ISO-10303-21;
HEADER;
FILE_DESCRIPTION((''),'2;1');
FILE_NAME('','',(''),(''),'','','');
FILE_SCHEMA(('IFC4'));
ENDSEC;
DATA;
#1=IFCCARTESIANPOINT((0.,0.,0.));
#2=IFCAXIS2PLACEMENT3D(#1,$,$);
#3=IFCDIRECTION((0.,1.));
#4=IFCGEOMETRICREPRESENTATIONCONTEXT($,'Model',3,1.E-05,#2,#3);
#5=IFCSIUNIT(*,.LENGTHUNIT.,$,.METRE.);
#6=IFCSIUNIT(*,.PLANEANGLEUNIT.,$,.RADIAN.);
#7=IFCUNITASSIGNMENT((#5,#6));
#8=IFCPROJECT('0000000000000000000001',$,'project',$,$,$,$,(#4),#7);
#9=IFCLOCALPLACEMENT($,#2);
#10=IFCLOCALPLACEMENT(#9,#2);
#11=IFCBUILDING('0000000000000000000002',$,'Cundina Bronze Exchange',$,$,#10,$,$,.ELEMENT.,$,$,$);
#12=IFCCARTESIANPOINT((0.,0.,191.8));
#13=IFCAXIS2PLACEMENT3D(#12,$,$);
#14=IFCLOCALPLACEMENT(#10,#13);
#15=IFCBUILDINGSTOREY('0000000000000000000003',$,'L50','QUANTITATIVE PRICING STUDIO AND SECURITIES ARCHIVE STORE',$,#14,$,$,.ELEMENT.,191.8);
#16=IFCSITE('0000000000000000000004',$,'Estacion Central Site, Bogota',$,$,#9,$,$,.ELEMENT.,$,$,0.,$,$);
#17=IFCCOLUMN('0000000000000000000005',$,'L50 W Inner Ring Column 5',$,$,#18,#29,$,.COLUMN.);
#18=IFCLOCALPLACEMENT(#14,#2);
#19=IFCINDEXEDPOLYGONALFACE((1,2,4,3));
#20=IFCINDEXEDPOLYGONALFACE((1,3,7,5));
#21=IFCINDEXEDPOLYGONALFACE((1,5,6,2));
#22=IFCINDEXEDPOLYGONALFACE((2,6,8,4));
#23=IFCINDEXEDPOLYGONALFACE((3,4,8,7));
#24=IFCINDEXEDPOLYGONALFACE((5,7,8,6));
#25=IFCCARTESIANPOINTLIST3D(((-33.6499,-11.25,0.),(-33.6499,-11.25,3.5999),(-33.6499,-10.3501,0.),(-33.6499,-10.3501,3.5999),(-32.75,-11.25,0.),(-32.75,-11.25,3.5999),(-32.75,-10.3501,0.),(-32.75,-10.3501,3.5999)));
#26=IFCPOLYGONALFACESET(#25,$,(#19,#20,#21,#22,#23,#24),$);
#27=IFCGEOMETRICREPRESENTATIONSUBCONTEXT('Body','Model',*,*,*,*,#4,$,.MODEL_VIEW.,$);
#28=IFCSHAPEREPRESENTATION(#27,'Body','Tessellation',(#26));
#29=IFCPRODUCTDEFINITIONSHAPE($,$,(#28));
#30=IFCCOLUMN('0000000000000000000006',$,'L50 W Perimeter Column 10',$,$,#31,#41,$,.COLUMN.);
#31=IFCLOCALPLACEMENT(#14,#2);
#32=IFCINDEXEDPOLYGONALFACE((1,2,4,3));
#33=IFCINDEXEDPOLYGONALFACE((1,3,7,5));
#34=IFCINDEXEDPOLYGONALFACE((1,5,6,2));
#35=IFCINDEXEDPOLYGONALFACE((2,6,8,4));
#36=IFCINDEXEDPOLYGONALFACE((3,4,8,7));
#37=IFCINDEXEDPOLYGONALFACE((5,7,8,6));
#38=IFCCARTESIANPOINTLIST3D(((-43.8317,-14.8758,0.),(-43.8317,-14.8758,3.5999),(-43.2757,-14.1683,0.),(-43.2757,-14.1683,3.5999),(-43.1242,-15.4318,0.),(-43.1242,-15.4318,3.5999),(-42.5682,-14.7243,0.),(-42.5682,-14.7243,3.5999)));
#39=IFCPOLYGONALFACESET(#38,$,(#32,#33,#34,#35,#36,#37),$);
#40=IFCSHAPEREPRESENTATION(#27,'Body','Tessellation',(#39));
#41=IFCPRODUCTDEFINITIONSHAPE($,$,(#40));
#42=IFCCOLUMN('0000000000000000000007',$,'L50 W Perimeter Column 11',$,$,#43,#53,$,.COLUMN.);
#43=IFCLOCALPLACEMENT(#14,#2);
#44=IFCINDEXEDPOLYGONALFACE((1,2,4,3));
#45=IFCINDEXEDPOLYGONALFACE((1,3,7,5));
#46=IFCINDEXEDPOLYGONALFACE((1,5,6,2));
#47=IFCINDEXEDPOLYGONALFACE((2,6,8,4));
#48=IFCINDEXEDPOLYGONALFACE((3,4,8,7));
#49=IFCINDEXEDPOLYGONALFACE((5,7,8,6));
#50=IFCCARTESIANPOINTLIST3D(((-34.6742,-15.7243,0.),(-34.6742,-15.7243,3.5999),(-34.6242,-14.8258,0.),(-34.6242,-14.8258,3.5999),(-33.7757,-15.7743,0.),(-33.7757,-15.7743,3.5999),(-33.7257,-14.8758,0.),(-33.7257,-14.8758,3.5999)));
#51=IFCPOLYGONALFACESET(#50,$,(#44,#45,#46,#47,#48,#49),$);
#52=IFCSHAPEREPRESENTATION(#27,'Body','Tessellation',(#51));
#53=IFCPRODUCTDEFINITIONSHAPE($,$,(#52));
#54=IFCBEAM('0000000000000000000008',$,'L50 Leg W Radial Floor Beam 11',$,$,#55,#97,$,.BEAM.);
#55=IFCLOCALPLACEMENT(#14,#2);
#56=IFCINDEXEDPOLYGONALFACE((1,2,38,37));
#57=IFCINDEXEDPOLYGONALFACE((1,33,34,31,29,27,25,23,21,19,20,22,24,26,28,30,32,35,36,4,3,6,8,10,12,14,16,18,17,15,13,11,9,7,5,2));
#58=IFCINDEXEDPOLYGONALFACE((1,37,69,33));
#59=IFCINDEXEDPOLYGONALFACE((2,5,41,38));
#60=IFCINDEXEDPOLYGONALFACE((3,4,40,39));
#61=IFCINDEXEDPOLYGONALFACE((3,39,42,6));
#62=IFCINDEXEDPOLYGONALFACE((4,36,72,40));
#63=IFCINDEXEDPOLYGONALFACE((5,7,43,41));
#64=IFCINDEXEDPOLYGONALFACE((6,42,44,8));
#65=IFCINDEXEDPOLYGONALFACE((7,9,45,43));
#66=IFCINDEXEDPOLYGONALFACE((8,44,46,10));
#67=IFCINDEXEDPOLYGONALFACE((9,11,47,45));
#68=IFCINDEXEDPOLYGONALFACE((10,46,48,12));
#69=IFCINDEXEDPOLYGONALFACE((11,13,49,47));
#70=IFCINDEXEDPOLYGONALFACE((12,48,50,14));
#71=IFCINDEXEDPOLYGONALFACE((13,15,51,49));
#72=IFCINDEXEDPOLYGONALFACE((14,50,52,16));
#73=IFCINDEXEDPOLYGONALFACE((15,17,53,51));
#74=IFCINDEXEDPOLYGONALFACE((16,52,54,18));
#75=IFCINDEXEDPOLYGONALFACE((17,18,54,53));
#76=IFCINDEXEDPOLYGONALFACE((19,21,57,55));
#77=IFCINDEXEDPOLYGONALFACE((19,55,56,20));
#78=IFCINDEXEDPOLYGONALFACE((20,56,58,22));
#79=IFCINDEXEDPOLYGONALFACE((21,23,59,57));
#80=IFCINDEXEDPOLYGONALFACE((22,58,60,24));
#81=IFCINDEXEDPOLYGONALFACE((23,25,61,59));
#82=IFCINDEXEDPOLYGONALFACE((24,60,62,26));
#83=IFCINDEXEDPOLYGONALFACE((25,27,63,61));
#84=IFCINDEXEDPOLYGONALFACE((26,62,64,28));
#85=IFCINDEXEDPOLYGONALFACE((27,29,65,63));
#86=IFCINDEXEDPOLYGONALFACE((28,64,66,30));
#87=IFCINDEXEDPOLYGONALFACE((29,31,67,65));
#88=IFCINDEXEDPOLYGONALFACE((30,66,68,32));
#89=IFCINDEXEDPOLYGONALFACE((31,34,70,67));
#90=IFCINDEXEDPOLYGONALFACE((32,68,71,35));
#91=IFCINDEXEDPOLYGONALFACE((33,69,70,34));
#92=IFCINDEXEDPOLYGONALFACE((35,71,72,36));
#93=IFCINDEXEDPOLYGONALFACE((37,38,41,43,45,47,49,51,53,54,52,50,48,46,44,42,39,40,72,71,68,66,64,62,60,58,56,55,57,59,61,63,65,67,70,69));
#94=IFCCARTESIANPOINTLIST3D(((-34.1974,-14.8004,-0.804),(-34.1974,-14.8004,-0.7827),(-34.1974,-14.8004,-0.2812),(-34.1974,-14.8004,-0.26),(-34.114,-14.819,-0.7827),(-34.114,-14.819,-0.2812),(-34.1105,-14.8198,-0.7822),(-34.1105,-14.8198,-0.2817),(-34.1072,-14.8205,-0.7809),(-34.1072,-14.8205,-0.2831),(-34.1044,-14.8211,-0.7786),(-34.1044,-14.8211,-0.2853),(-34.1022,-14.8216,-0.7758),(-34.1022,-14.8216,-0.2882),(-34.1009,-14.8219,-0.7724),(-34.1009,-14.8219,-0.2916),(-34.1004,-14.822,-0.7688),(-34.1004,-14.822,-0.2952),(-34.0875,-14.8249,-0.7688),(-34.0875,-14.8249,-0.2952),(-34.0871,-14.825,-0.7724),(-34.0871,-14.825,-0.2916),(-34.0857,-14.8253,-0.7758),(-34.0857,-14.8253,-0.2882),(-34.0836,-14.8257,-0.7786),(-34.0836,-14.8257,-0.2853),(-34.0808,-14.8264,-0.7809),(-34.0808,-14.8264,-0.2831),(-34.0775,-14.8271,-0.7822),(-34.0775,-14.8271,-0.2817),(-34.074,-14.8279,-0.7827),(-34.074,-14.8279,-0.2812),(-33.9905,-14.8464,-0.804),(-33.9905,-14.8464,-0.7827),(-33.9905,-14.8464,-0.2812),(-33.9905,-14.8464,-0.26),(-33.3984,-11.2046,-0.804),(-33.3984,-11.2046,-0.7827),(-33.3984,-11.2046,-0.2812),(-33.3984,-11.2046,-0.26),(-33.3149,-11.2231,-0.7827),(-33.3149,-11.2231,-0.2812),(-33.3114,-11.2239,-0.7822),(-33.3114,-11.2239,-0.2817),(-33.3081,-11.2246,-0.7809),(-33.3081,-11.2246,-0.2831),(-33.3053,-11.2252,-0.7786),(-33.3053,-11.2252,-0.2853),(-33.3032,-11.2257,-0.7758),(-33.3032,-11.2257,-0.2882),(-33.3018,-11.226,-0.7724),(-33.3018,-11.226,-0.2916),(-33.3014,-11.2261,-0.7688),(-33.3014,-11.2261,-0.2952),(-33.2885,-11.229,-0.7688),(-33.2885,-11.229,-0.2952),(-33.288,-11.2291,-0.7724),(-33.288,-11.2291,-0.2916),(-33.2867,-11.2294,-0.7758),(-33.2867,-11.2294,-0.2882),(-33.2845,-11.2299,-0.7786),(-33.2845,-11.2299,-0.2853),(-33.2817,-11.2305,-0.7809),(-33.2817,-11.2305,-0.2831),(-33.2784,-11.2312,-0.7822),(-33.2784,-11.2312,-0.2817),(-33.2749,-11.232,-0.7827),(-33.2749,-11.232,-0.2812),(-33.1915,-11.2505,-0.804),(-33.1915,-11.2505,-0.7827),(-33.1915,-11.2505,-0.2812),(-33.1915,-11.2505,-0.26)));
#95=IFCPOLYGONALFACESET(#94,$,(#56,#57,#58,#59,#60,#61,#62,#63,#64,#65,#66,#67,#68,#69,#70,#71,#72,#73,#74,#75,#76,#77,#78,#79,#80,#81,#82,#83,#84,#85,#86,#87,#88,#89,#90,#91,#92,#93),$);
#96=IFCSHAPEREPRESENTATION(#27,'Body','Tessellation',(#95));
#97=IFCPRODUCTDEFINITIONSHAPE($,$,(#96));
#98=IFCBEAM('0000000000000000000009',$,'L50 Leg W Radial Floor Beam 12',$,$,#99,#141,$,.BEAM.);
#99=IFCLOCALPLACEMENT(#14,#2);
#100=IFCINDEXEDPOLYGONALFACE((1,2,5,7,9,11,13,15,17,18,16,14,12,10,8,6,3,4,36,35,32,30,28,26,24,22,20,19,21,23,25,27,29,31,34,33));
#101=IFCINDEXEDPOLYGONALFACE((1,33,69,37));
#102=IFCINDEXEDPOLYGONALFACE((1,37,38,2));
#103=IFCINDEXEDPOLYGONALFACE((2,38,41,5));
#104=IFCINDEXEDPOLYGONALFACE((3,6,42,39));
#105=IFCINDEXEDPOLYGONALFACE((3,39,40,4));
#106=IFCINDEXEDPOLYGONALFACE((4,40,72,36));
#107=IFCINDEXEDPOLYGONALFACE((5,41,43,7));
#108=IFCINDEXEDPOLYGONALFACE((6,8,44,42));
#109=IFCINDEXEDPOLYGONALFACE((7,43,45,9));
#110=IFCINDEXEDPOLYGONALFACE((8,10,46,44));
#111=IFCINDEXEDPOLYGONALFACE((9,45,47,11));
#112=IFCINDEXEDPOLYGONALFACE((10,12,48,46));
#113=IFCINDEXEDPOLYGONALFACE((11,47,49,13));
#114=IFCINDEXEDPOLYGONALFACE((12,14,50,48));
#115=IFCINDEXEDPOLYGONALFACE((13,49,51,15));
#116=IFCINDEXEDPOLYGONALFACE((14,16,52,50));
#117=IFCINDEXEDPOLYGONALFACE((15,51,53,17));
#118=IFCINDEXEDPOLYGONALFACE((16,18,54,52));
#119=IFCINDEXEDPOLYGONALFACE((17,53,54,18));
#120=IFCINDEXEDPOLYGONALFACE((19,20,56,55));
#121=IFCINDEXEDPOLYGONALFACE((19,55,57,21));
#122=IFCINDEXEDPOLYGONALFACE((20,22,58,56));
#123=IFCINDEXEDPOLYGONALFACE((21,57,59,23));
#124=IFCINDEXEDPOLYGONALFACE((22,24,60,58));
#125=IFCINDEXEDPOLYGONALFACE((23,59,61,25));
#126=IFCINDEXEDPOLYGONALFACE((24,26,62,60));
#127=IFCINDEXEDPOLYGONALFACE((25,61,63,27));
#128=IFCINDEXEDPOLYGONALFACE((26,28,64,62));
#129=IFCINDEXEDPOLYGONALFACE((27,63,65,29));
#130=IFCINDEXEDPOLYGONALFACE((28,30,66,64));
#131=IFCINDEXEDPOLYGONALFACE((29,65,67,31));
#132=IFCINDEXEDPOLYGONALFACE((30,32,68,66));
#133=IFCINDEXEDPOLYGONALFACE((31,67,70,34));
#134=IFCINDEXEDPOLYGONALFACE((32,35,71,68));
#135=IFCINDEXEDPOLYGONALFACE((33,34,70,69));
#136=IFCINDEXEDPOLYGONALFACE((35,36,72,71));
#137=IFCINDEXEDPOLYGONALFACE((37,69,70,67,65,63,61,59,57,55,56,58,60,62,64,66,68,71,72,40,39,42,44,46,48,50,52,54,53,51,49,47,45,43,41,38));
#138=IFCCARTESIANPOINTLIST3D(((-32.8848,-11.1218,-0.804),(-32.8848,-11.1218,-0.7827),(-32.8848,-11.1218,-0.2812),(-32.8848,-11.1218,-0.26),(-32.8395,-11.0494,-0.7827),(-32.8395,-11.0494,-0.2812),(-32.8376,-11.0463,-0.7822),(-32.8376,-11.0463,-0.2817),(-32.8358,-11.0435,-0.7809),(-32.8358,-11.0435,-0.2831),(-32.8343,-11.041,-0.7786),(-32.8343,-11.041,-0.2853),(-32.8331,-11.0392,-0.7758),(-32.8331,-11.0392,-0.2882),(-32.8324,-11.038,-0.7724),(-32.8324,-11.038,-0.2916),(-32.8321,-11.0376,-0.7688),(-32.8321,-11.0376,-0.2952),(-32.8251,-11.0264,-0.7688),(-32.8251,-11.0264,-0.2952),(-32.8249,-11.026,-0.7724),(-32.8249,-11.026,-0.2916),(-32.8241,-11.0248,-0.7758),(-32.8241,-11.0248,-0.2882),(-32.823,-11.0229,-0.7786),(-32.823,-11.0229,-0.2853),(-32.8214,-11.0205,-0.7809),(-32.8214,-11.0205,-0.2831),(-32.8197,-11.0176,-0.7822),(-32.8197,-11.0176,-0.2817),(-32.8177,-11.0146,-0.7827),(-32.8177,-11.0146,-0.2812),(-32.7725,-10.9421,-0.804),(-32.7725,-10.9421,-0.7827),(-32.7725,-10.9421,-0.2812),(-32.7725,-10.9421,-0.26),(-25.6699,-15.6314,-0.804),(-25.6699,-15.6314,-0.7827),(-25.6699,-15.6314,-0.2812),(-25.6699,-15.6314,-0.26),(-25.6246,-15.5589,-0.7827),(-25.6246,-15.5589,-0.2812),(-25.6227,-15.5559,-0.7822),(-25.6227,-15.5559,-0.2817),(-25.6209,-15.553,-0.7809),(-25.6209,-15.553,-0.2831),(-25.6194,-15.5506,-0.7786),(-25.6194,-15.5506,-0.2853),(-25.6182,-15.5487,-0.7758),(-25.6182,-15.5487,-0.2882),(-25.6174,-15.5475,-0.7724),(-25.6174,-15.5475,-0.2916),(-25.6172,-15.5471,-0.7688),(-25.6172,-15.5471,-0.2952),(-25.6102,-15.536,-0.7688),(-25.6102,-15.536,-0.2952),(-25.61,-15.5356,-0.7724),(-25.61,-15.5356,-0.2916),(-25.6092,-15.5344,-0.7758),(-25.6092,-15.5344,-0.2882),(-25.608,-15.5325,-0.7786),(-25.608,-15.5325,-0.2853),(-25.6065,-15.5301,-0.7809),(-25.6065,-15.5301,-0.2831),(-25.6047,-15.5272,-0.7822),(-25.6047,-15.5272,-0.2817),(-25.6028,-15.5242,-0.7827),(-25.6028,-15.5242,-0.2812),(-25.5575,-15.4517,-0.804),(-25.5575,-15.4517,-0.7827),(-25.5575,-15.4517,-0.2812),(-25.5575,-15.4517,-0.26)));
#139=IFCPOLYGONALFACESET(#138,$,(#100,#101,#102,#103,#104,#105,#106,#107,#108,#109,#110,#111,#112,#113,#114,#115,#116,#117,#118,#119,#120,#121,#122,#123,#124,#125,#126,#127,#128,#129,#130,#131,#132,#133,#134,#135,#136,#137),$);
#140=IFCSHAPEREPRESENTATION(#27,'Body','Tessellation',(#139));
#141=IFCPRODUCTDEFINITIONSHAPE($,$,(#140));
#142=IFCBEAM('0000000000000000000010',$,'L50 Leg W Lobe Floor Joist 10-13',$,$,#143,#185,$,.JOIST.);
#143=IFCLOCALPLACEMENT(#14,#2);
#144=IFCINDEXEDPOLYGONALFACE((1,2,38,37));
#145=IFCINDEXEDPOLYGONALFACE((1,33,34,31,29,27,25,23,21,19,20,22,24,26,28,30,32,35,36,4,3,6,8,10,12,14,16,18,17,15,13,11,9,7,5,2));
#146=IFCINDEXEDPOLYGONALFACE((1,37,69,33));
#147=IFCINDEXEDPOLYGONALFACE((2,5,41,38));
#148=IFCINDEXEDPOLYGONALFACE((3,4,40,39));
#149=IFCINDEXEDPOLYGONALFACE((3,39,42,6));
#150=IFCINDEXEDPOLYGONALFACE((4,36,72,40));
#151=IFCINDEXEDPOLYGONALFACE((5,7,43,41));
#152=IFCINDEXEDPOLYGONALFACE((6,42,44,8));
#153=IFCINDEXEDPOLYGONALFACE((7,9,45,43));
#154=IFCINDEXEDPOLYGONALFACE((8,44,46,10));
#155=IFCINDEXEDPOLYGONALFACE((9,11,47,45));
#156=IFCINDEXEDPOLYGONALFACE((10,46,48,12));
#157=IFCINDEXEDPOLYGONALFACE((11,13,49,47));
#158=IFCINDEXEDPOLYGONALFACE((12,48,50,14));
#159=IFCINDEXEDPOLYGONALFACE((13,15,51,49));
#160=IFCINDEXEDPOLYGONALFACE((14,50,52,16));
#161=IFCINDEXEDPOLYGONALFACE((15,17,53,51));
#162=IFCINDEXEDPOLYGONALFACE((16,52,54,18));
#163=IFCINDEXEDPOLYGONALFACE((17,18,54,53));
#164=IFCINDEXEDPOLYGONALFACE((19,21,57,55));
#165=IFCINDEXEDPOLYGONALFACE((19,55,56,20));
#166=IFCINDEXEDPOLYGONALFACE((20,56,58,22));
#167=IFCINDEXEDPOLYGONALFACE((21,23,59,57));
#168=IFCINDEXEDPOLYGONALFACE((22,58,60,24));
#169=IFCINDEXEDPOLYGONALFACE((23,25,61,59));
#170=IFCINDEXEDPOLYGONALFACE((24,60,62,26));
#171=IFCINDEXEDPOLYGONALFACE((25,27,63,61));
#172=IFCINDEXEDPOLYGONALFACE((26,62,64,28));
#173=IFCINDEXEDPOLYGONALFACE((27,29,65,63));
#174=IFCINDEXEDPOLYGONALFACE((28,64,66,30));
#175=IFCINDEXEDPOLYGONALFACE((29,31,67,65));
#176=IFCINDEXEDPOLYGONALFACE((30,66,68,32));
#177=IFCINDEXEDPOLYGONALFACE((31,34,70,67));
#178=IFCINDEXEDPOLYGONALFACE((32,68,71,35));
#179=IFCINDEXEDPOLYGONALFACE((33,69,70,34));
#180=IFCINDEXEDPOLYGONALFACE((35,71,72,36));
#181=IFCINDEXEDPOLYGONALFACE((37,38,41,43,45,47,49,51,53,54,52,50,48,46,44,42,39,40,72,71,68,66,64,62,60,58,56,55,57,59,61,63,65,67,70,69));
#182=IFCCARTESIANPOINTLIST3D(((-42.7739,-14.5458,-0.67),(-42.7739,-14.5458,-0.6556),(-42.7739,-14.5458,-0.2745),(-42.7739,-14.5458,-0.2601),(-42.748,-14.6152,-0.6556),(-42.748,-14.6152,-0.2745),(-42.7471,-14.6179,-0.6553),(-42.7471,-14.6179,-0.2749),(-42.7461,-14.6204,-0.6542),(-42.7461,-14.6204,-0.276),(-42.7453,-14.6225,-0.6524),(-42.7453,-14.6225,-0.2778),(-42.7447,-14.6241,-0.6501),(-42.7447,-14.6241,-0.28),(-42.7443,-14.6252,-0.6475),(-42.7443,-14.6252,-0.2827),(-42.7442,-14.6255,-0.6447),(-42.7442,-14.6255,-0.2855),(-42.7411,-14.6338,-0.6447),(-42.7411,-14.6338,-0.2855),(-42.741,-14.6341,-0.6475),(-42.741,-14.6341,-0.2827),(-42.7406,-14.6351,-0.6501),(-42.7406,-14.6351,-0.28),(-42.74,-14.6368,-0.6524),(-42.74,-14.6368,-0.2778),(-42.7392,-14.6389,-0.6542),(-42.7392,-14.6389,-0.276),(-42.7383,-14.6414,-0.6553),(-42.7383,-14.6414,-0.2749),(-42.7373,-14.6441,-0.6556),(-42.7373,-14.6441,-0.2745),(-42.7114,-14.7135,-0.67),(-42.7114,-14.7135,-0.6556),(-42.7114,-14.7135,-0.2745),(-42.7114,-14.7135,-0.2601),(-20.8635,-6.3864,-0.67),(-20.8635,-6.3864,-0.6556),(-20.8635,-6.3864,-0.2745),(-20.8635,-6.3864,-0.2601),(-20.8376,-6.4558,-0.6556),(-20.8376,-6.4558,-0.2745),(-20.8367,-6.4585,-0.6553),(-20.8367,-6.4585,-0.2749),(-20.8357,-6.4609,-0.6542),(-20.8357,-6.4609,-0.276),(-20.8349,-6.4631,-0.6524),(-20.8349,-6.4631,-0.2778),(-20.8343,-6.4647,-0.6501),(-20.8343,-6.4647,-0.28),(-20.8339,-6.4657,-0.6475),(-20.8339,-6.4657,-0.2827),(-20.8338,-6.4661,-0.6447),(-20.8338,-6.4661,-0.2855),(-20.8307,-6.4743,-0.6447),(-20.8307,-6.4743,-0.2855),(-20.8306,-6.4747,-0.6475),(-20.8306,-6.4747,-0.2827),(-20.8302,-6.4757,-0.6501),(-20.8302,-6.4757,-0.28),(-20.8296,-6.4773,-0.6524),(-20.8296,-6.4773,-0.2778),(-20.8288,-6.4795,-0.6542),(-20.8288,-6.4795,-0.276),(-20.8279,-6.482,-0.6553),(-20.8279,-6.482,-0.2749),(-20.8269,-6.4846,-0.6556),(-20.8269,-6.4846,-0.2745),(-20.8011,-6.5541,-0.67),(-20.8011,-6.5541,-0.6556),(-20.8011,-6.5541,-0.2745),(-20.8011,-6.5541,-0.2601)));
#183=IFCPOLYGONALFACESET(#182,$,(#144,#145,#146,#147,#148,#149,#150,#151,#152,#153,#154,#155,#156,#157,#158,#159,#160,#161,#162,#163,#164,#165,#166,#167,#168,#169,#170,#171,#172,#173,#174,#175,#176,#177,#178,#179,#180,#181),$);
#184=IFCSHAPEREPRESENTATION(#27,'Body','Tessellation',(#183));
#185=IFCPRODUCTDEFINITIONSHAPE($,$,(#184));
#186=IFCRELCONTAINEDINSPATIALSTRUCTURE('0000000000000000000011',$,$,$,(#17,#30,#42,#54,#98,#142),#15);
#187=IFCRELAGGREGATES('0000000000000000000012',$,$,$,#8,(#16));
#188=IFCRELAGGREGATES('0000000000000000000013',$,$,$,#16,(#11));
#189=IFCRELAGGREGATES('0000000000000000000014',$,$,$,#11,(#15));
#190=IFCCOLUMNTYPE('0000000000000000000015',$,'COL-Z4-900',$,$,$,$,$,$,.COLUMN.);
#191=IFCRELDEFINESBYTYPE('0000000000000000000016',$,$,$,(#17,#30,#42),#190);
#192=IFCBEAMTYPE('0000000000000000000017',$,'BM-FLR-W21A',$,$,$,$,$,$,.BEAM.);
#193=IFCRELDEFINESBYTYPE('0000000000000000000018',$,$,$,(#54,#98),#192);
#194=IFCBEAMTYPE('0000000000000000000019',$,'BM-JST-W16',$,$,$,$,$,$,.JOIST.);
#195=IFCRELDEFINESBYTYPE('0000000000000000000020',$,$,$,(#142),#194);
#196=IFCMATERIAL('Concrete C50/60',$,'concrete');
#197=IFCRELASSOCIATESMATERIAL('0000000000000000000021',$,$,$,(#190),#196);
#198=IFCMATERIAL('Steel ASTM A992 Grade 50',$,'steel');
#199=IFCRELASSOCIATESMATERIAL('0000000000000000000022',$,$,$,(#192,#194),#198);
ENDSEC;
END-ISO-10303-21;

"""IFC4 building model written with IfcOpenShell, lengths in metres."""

from ifc_helpers import new_model, si_unit, direction, frame, origin, origin_2d, place, context, subcontext, project, spatial, rectangle, i_section, extrude, material, material_profile, profile_set, type_object, element, save


model = new_model("IFC4")

# Units and contexts
model_context = context("Model", 3, precision=1e-05, world=origin(), true_north=direction((0.0, 1.0)))
body_context = subcontext(model_context, "Body", "Model", "MODEL_VIEW")
ifc_project = project(units=[si_unit("LENGTHUNIT", "METRE"), si_unit("PLANEANGLEUNIT", "RADIAN")], contexts=[model_context])

# Site, building, storey
site_placement = place(None, origin())
site = spatial("IfcSite", under=ifc_project, at=site_placement, Name="Estacion Central Site, Bogota", CompositionType="ELEMENT", RefElevation=0.0)
building_placement = place(site_placement, origin())
building = spatial("IfcBuilding", under=site, at=building_placement, Name="Cundina Bronze Exchange", CompositionType="ELEMENT")
storey_placement = place(building_placement, frame((0.0, 0.0, 191.8)))
storey = spatial("IfcBuildingStorey", under=building, at=storey_placement, Name="L50", Description="QUANTITATIVE PRICING STUDIO AND SECURITIES ARCHIVE STORE", CompositionType="ELEMENT", Elevation=191.8)

# Columns
ifc_material_1 = material(Name="Concrete C50/60", Category="concrete")
ifc_material_profile_1 = material_profile(ifc_material_1, rectangle(XDim=0.8999, YDim=0.8999, at=origin_2d()), Name="RC900X900", Category="concrete")
ifc_profile_set_1 = profile_set([ifc_material_profile_1], Name="Concrete C50/60")
column_type = type_object("IfcColumnType", Name="COL-Z4-900", PredefinedType="COLUMN", material=ifc_profile_set_1)
for number, where, z_axis, x_axis, name in (
    (1, (-33.2, -10.8, 0.0), (0.0, 0.0, 1.0), (1.0, 0.0, 0.0), "L50 W Inner Ring Column 5"),
    (2, (-43.2, -14.8, 0.0), (0.0, 0.0, 1.0), (0.786288, -0.61786, 0.0), "L50 W Perimeter Column 10"),
    (3, (-34.2, -15.3, 0.0), (0.0, 0.0, 1.0), (0.99846, -0.055473, 0.0), "L50 W Perimeter Column 11"),
):
    element("IfcColumn", number, at=place(storey_placement, frame(where, z_axis=z_axis, x_axis=x_axis)), inside=storey, type_object=column_type, Name=name, PredefinedType="COLUMN", context=body_context, shape_type="SweptSolid", body=[
        extrude(rectangle(XDim=0.8999, YDim=0.8999, at=origin_2d()), origin(), (0.0, 0.0, 1.0), 3.5999),
    ])

# Beams
ifc_material_2 = material(Name="Steel ASTM A992 Grade 50", Category="steel")
ifc_material_profile_2 = material_profile(ifc_material_2, i_section(OverallWidth=0.2119, OverallDepth=0.5439, WebThickness=0.0132, FlangeThickness=0.0212, FilletRadius=0.0139, at=origin_2d()), Name="W21X83", Category="steel")
ifc_profile_set_2 = profile_set([ifc_material_profile_2], Name="Steel ASTM A992 Grade 50")
beam_type_1 = type_object("IfcBeamType", Name="BM-FLR-W21A", PredefinedType="BEAM", material=ifc_profile_set_2)
beam_1_placement = place(storey_placement, frame((-33.2949, -11.2275, -0.532), z_axis=(-0.216923, -0.976189, 0.0), x_axis=(0.976189, -0.216923, 0.0)))
element("IfcBeam", 4, at=beam_1_placement, inside=storey, type_object=beam_type_1, Name="L50 Leg W Radial Floor Beam 11", PredefinedType="BEAM", context=body_context, shape_type="SweptSolid", body=[
    extrude(i_section(OverallWidth=0.2119, OverallDepth=0.5439, WebThickness=0.0132, FlangeThickness=0.0212, FilletRadius=0.0139, at=origin_2d()), origin(), (0.0, 0.0, 1.0), 3.6836),
])
beam_2_placement = place(storey_placement, frame((-32.8286, -11.032, -0.532), z_axis=(0.847985, -0.53002, 0.0), x_axis=(0.53002, 0.847985, 0.0)))
element("IfcBeam", 5, at=beam_2_placement, inside=storey, type_object=beam_type_1, Name="L50 Leg W Radial Floor Beam 12", PredefinedType="BEAM", context=body_context, shape_type="SweptSolid", body=[
    extrude(i_section(OverallWidth=0.2119, OverallDepth=0.5439, WebThickness=0.0132, FlangeThickness=0.0212, FilletRadius=0.0139, at=origin_2d()), origin(), (0.0, 0.0, 1.0), 8.5083),
])
ifc_material_profile_3 = material_profile(ifc_material_2, i_section(OverallWidth=0.179, OverallDepth=0.4099, WebThickness=0.0088, FlangeThickness=0.0144, FilletRadius=0.011, at=origin_2d()), Name="W16X45", Category="steel")
ifc_profile_set_3 = profile_set([ifc_material_profile_3], Name="Steel ASTM A992 Grade 50")
beam_type_2 = type_object("IfcBeamType", Name="BM-JST-W16", PredefinedType="JOIST", material=ifc_profile_set_3)
beam_3_placement = place(storey_placement, frame((-42.7427, -14.6296, -0.4651), z_axis=(0.937128, 0.348986, 0.0), x_axis=(-0.348986, 0.937128, 0.0)))
element("IfcBeam", 6, at=beam_3_placement, inside=storey, type_object=beam_type_2, Name="L50 Leg W Lobe Floor Joist 10-13", PredefinedType="JOIST", context=body_context, shape_type="SweptSolid", body=[
    extrude(i_section(OverallWidth=0.179, OverallDepth=0.4099, WebThickness=0.0088, FlangeThickness=0.0144, FilletRadius=0.011, at=origin_2d()), origin(), (0.0, 0.0, 1.0), 23.3804),
])

save(model, "model.ifc")
